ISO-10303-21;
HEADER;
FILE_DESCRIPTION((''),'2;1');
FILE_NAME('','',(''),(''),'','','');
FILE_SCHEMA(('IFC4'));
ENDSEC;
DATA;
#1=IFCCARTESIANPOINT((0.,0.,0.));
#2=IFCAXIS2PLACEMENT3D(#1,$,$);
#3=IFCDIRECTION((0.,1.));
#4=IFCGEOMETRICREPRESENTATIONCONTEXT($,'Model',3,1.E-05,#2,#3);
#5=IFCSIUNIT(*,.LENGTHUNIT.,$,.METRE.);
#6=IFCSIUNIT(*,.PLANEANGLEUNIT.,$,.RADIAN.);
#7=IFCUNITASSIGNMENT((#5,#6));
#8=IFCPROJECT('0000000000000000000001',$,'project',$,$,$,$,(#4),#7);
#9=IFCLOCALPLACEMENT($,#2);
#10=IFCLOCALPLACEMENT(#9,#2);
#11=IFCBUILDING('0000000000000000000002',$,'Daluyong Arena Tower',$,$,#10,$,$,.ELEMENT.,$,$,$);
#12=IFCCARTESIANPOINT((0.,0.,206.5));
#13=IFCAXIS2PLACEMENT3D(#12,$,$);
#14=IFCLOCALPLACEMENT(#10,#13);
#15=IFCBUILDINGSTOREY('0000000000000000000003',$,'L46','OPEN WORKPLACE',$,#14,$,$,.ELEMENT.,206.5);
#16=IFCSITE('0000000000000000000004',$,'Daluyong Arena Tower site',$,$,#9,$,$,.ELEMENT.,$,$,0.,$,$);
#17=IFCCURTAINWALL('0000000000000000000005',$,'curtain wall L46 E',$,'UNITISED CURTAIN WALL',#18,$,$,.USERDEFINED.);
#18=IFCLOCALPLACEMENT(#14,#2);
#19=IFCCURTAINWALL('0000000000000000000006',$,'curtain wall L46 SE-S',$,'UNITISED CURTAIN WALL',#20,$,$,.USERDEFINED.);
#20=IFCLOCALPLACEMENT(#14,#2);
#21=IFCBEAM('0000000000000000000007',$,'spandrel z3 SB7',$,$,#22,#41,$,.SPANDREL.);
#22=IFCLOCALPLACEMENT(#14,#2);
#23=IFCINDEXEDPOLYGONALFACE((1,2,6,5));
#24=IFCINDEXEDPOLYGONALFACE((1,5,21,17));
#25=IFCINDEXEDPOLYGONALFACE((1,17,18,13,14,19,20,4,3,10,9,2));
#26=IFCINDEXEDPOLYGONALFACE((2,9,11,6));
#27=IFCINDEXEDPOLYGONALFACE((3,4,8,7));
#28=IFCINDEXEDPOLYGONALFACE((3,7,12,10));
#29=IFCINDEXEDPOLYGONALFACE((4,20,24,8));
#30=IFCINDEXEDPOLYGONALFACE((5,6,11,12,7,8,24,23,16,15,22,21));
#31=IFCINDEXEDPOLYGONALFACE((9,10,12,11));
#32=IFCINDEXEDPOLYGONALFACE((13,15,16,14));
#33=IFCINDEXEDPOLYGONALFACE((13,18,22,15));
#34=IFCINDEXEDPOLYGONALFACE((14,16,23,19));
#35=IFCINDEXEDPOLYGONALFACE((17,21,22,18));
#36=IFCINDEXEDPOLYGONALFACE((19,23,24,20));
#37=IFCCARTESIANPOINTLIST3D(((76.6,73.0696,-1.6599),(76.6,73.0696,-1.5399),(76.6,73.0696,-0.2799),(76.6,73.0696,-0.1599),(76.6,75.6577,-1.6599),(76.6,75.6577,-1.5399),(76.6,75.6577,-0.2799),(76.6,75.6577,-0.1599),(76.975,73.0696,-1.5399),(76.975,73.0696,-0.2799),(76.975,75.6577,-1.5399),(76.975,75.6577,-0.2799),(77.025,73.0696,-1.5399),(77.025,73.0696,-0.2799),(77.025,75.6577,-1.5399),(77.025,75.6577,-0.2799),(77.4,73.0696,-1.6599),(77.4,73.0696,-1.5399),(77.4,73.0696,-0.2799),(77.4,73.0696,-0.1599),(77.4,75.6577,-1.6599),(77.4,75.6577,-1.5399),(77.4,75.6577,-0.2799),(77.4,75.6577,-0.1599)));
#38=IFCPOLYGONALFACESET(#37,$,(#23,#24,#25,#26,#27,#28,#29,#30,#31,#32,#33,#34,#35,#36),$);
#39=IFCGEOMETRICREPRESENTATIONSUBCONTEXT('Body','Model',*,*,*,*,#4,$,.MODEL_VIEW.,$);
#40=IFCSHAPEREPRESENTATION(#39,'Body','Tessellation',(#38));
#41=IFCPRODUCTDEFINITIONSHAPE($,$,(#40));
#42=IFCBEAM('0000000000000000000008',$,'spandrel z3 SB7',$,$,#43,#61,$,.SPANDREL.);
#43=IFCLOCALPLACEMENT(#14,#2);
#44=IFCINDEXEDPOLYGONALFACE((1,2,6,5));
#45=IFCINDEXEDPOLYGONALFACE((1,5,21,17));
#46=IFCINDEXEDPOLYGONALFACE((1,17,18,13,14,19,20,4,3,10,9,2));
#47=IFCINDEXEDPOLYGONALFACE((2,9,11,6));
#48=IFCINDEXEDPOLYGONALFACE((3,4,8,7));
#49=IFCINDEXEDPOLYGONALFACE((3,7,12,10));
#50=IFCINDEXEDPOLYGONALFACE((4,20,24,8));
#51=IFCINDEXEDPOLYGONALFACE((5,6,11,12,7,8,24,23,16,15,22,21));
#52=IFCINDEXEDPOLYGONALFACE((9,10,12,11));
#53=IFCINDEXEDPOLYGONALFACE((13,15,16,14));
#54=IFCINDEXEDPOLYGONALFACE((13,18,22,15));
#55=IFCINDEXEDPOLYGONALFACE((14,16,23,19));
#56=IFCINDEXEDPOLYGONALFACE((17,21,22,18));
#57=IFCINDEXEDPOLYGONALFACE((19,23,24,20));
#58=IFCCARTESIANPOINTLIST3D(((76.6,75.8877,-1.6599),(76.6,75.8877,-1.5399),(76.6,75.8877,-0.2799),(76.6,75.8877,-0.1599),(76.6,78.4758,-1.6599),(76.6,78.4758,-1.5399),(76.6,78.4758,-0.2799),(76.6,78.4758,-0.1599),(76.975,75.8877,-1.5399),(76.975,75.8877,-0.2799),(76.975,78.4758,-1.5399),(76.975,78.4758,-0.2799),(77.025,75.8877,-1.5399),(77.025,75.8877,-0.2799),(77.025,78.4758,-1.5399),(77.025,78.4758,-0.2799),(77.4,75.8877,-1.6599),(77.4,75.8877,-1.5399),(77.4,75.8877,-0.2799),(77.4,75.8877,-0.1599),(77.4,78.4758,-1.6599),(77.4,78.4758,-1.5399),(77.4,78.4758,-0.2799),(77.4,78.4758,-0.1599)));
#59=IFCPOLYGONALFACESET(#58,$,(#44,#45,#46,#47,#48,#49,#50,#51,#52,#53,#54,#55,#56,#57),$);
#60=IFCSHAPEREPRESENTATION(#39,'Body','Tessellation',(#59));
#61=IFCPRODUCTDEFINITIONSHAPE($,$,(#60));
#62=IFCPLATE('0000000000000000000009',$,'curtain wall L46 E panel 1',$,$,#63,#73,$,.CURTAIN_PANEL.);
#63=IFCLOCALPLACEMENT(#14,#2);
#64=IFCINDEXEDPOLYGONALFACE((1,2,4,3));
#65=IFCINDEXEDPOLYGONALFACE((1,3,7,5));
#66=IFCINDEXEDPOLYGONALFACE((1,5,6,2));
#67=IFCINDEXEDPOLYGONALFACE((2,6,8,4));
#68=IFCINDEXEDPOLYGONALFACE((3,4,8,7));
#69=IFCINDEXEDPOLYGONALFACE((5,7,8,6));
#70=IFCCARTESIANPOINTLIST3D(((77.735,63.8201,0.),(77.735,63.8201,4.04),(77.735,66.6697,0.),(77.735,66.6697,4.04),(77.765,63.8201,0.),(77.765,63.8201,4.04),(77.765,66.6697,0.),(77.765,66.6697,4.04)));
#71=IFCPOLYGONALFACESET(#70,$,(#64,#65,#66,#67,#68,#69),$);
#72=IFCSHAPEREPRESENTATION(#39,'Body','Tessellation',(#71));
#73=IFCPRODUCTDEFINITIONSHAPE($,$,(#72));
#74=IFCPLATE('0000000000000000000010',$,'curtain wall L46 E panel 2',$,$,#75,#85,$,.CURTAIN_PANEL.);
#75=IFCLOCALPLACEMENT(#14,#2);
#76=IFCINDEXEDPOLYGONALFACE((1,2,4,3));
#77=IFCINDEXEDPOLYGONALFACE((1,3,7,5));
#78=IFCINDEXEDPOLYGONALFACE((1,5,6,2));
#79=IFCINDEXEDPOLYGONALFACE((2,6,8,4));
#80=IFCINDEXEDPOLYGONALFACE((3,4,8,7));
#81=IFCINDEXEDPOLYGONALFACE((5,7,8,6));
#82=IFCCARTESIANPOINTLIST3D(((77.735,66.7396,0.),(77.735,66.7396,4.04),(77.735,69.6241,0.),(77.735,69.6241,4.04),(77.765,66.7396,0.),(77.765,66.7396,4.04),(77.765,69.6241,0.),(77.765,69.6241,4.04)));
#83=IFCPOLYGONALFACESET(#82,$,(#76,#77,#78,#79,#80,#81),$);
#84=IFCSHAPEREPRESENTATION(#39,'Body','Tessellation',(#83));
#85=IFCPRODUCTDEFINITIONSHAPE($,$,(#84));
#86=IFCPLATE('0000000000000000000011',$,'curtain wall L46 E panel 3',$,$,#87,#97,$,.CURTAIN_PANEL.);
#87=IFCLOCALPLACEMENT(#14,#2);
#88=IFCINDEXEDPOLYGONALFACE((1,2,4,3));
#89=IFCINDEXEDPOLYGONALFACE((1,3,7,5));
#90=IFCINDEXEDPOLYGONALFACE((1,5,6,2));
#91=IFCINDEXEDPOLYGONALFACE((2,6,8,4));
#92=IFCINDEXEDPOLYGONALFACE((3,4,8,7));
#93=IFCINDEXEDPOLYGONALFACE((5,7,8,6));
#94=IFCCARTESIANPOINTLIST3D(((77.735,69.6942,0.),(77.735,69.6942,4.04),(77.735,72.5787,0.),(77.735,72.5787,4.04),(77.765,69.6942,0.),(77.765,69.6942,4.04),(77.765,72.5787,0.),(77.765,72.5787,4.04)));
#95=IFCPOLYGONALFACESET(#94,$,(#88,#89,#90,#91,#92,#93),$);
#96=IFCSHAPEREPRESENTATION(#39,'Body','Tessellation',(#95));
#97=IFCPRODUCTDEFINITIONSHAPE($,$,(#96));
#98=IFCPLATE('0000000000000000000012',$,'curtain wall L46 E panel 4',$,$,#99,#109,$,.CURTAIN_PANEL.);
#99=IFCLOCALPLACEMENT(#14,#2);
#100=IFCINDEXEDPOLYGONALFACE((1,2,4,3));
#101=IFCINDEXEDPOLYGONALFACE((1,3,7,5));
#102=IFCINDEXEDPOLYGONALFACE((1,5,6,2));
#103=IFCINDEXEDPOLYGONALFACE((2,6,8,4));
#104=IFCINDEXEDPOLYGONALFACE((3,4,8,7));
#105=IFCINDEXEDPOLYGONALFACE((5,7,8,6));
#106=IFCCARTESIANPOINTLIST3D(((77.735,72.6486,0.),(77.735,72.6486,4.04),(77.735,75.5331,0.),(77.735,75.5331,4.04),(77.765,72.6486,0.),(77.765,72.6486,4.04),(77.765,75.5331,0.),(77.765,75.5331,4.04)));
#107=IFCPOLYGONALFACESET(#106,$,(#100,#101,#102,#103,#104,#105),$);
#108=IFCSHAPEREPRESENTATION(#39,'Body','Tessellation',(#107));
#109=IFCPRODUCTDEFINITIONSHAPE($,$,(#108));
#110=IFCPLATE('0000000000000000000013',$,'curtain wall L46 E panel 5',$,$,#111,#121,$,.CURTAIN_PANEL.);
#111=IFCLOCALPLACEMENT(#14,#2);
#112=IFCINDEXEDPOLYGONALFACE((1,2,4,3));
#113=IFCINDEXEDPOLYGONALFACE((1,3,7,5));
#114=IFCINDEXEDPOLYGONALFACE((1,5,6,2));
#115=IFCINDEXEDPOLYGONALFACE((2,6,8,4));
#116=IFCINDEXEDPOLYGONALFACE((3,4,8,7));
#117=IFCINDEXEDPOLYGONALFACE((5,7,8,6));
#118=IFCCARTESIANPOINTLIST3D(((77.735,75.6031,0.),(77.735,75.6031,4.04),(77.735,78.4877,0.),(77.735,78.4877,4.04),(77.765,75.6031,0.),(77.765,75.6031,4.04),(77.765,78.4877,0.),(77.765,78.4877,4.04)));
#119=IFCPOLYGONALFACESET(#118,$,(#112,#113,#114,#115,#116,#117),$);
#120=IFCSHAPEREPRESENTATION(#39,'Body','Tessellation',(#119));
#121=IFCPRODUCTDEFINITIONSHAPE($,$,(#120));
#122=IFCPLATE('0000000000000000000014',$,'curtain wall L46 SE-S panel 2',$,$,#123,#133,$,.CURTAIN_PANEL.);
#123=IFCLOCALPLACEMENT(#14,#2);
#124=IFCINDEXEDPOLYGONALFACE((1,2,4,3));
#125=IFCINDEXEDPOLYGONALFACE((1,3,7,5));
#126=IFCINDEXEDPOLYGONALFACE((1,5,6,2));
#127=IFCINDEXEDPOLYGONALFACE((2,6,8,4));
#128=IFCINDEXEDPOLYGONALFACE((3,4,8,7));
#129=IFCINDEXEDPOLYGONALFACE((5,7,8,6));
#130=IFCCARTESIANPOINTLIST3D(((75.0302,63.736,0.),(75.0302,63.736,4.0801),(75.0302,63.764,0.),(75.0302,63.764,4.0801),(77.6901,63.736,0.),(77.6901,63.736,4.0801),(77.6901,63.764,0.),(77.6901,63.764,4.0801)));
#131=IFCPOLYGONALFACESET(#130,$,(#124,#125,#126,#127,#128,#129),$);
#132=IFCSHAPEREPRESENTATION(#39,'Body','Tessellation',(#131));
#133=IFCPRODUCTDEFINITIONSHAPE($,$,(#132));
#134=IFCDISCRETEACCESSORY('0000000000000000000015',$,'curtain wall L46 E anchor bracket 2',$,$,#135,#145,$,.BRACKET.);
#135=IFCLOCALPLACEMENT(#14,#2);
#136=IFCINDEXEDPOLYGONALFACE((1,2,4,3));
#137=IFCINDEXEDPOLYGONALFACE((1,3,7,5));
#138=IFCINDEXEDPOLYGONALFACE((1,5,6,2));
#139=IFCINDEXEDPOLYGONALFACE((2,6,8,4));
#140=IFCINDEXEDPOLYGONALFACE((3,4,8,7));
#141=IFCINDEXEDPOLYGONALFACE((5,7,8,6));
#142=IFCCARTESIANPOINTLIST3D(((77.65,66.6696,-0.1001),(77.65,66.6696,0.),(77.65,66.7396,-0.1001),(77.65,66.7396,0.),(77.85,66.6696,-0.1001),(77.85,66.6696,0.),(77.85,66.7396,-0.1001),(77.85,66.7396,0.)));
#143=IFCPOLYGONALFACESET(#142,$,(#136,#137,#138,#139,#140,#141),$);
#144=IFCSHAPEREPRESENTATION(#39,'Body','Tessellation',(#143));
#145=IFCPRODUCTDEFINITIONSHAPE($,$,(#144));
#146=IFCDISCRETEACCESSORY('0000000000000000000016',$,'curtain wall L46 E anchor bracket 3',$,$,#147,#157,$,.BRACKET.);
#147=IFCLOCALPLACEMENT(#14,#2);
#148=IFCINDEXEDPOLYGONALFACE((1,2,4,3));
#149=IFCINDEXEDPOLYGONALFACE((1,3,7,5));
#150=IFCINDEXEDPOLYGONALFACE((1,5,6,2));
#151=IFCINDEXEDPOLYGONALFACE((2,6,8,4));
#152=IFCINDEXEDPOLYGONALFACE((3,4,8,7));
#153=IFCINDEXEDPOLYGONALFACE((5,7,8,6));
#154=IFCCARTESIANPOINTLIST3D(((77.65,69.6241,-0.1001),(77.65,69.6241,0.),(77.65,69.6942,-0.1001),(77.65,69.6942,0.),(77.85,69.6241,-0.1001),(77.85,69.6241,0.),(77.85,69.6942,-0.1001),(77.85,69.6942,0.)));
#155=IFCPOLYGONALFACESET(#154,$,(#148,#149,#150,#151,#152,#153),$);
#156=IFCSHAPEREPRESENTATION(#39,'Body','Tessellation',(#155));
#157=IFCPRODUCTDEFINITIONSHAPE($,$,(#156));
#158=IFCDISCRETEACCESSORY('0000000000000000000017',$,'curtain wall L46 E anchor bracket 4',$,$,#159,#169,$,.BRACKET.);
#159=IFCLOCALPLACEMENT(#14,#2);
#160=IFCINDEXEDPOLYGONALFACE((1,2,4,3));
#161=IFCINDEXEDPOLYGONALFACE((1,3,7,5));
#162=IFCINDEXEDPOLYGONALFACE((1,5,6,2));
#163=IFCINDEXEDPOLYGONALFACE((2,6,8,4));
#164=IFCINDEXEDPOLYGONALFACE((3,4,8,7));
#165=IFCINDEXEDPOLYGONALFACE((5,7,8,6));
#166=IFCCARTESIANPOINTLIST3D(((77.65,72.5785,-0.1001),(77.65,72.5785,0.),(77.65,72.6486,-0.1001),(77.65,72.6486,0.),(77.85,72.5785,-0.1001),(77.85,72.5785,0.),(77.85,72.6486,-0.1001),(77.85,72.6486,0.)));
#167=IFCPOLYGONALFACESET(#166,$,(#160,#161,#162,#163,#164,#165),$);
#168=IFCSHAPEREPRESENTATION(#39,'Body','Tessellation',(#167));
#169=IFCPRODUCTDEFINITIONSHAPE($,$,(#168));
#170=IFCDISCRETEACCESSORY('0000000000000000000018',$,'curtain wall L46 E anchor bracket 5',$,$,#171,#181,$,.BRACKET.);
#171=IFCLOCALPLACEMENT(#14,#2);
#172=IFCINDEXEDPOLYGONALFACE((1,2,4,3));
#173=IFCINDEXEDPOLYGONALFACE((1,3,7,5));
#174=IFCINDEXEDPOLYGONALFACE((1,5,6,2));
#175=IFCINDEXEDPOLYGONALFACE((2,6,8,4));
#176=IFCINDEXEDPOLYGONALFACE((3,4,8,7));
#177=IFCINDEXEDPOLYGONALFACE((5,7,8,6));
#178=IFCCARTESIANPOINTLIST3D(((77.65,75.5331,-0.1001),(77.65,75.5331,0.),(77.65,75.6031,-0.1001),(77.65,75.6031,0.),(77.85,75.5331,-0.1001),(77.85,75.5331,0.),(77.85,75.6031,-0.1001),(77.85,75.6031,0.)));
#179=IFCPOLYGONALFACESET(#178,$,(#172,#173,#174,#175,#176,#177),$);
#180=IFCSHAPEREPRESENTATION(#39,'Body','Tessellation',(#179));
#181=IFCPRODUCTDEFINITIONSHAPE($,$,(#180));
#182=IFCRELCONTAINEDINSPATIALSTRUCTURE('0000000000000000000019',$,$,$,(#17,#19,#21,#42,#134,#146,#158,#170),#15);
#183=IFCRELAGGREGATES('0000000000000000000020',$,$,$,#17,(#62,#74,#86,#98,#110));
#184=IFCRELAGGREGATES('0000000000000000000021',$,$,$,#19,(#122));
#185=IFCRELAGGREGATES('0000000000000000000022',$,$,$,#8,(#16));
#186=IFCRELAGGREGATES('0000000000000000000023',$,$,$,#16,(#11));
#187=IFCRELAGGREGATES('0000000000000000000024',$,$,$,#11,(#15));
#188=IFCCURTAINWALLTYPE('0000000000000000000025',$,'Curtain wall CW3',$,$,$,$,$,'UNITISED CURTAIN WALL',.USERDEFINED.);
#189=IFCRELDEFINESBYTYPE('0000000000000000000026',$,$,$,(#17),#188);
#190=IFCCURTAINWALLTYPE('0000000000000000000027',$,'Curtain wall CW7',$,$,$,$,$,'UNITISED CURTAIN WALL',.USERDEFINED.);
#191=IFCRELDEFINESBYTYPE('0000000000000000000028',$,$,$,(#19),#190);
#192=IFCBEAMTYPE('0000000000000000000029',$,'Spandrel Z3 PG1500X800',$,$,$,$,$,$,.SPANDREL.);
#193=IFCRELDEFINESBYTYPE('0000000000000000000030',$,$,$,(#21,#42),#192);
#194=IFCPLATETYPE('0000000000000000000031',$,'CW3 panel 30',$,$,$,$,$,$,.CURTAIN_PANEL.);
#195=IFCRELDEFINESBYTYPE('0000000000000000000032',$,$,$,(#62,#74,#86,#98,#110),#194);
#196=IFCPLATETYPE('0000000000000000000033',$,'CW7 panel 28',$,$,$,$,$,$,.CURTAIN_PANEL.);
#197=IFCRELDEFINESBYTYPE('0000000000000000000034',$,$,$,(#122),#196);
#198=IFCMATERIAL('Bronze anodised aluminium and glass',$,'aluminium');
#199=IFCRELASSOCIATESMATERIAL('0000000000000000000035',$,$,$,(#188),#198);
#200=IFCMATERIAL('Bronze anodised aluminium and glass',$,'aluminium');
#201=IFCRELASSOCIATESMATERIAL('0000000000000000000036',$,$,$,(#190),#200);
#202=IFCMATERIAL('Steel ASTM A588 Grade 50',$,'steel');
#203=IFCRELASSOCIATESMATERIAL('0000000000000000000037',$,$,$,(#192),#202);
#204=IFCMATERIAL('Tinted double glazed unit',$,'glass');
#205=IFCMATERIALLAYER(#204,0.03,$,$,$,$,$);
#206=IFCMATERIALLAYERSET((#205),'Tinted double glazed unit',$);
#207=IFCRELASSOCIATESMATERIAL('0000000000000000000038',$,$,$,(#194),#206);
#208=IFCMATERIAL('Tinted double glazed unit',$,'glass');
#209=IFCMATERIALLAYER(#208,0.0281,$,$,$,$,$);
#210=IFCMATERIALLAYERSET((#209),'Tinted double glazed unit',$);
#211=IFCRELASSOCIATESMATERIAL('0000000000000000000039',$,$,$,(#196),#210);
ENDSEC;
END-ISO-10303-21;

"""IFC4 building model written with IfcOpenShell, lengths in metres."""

from ifc_helpers import new_model, si_unit, direction, frame, origin, origin_2d, place, context, subcontext, project, spatial, rectangle, i_section, extrude, material, layer, layer_set, material_profile, profile_set, type_object, element, aggregate, save


model = new_model("IFC4")

# Units and contexts
model_context = context("Model", 3, precision=1e-05, world=origin(), true_north=direction((0.0, 1.0)))
body_context = subcontext(model_context, "Body", "Model", "MODEL_VIEW")
ifc_project = project(units=[si_unit("LENGTHUNIT", "METRE"), si_unit("PLANEANGLEUNIT", "RADIAN")], contexts=[model_context])

# Site, building, storey
site_placement = place(None, origin())
site = spatial("IfcSite", under=ifc_project, at=site_placement, Name="Daluyong Arena Tower site", CompositionType="ELEMENT", RefElevation=0.0)
building_placement = place(site_placement, origin())
building = spatial("IfcBuilding", under=site, at=building_placement, Name="Daluyong Arena Tower", CompositionType="ELEMENT")
storey_placement = place(building_placement, frame((0.0, 0.0, 206.5)))
storey = spatial("IfcBuildingStorey", under=building, at=storey_placement, Name="L46", Description="OPEN WORKPLACE", CompositionType="ELEMENT", Elevation=206.5)

# Curtain wall
ifc_material_1 = material(Name="Bronze anodised aluminium and glass", Category="aluminium")
curtain_wall_type_1 = type_object("IfcCurtainWallType", Name="Curtain wall CW3", ElementType="UNITISED CURTAIN WALL", PredefinedType="USERDEFINED", material=ifc_material_1)
curtain_wall_1_placement = place(storey_placement, origin())
curtain_wall_1 = element("IfcCurtainWall", 1, at=curtain_wall_1_placement, inside=storey, type_object=curtain_wall_type_1, Name="curtain wall L46 E", ObjectType="UNITISED CURTAIN WALL", PredefinedType="USERDEFINED")

# Curtain wall
ifc_material_2 = material(Name="Bronze anodised aluminium and glass", Category="aluminium")
curtain_wall_type_2 = type_object("IfcCurtainWallType", Name="Curtain wall CW7", ElementType="UNITISED CURTAIN WALL", PredefinedType="USERDEFINED", material=ifc_material_2)
curtain_wall_2_placement = place(storey_placement, origin())
curtain_wall_2 = element("IfcCurtainWall", 2, at=curtain_wall_2_placement, inside=storey, type_object=curtain_wall_type_2, Name="curtain wall L46 SE-S", ObjectType="UNITISED CURTAIN WALL", PredefinedType="USERDEFINED")

# Beams
ifc_material_3 = material(Name="Steel ASTM A588 Grade 50", Category="steel")
ifc_material_profile_1 = material_profile(ifc_material_3, i_section(OverallWidth=0.8, OverallDepth=1.5, WebThickness=0.05, FlangeThickness=0.12, at=origin_2d()))
ifc_profile_set_1 = profile_set([ifc_material_profile_1], Name="Steel ASTM A588 Grade 50")
beam_type_1 = type_object("IfcBeamType", Name="Spandrel Z3 PG1500X800", PredefinedType="SPANDREL", material=ifc_profile_set_1)
for number, where, z_axis, x_axis, name in (
    (3, (77.0, 73.0696, -0.9099), (0.0, 1.0, 0.0), (-1.0, 0.0, 0.0), "spandrel z3 SB7"),
    (4, (77.0, 75.8877, -0.9099), (0.0, 1.0, 0.0), (-1.0, 0.0, 0.0), "spandrel z3 SB7"),
):
    element("IfcBeam", number, at=place(storey_placement, frame(where, z_axis=z_axis, x_axis=x_axis)), inside=storey, type_object=beam_type_1, Name=name, PredefinedType="SPANDREL", context=body_context, shape_type="SweptSolid", body=[
        extrude(i_section(OverallWidth=0.8, OverallDepth=1.5, WebThickness=0.05, FlangeThickness=0.12, at=origin_2d()), origin(), (0.0, 0.0, 1.0), 2.5881),
    ])

# Plates
ifc_material_4 = material(Name="Tinted double glazed unit", Category="glass")
ifc_layer_1 = layer(ifc_material_4, 0.03)
ifc_layer_set_1 = layer_set([ifc_layer_1], Name="Tinted double glazed unit")
plate_type_1 = type_object("IfcPlateType", Name="CW3 panel 30", PredefinedType="CURTAIN_PANEL", material=ifc_layer_set_1)
plate_1_placement = place(storey_placement, frame((77.75, 65.2449, 0.0), z_axis=(0.0, 0.0, 1.0), x_axis=(0.0, 1.0, 0.0)))
plate_1 = element("IfcPlate", 5, at=plate_1_placement, type_object=plate_type_1, Name="curtain wall L46 E panel 1", PredefinedType="CURTAIN_PANEL", context=body_context, shape_type="SweptSolid", body=[
    extrude(rectangle(XDim=2.8496, YDim=0.03, at=origin_2d()), origin(), (0.0, 0.0, 1.0), 4.04),
])
plate_2_placement = place(storey_placement, frame((77.75, 68.1819, 0.0), z_axis=(0.0, 0.0, 1.0), x_axis=(0.0, 1.0, 0.0)))
plate_2 = element("IfcPlate", 6, at=plate_2_placement, type_object=plate_type_1, Name="curtain wall L46 E panel 2", PredefinedType="CURTAIN_PANEL", context=body_context, shape_type="SweptSolid", body=[
    extrude(rectangle(XDim=2.8845, YDim=0.03, at=origin_2d()), origin(), (0.0, 0.0, 1.0), 4.04),
])
plate_3_placement = place(storey_placement, frame((77.75, 71.1365, 0.0), z_axis=(0.0, 0.0, 1.0), x_axis=(0.0, 1.0, 0.0)))
plate_3 = element("IfcPlate", 7, at=plate_3_placement, type_object=plate_type_1, Name="curtain wall L46 E panel 3", PredefinedType="CURTAIN_PANEL", context=body_context, shape_type="SweptSolid", body=[
    extrude(rectangle(XDim=2.8845, YDim=0.03, at=origin_2d()), origin(), (0.0, 0.0, 1.0), 4.04),
])
plate_4_placement = place(storey_placement, frame((77.75, 74.0908, 0.0), z_axis=(0.0, 0.0, 1.0), x_axis=(0.0, 1.0, 0.0)))
plate_4 = element("IfcPlate", 8, at=plate_4_placement, type_object=plate_type_1, Name="curtain wall L46 E panel 4", PredefinedType="CURTAIN_PANEL", context=body_context, shape_type="SweptSolid", body=[
    extrude(rectangle(XDim=2.8845, YDim=0.03, at=origin_2d()), origin(), (0.0, 0.0, 1.0), 4.04),
])
plate_5_placement = place(storey_placement, frame((77.75, 77.0454, 0.0), z_axis=(0.0, 0.0, 1.0), x_axis=(0.0, 1.0, 0.0)))
plate_5 = element("IfcPlate", 9, at=plate_5_placement, type_object=plate_type_1, Name="curtain wall L46 E panel 5", PredefinedType="CURTAIN_PANEL", context=body_context, shape_type="SweptSolid", body=[
    extrude(rectangle(XDim=2.8845, YDim=0.03, at=origin_2d()), origin(), (0.0, 0.0, 1.0), 4.04),
])
aggregate(curtain_wall_1, [plate_1, plate_2, plate_3, plate_4, plate_5])
ifc_material_5 = material(Name="Tinted double glazed unit", Category="glass")
ifc_layer_2 = layer(ifc_material_5, 0.0281)
ifc_layer_set_2 = layer_set([ifc_layer_2], Name="Tinted double glazed unit")
plate_type_2 = type_object("IfcPlateType", Name="CW7 panel 28", PredefinedType="CURTAIN_PANEL", material=ifc_layer_set_2)
plate_6_placement = place(storey_placement, frame((76.3601, 63.75, 0.0), z_axis=(0.0, 0.0, 1.0), x_axis=(1.0, 0.0, 0.0)))
plate_6 = element("IfcPlate", 10, at=plate_6_placement, type_object=plate_type_2, Name="curtain wall L46 SE-S panel 2", PredefinedType="CURTAIN_PANEL", context=body_context, shape_type="SweptSolid", body=[
    extrude(rectangle(XDim=2.6599, YDim=0.0281, at=origin_2d()), origin(), (0.0, 0.0, 1.0), 4.0801),
])
aggregate(curtain_wall_2, [plate_6])

# Discrete accessories
for number, where, z_axis, x_axis, name in (
    (11, (77.75, 66.7046, -0.1001), (0.0, 0.0, 1.0), (0.0, 1.0, 0.0), "curtain wall L46 E anchor bracket 2"),
    (12, (77.75, 69.6592, -0.1001), (0.0, 0.0, 1.0), (0.0, 1.0, 0.0), "curtain wall L46 E anchor bracket 3"),
    (13, (77.75, 72.6135, -0.1001), (0.0, 0.0, 1.0), (0.0, 1.0, 0.0), "curtain wall L46 E anchor bracket 4"),
    (14, (77.75, 75.5681, -0.1001), (0.0, 0.0, 1.0), (0.0, 1.0, 0.0), "curtain wall L46 E anchor bracket 5"),
):
    element("IfcDiscreteAccessory", number, at=place(storey_placement, frame(where, z_axis=z_axis, x_axis=x_axis)), inside=storey, Name=name, PredefinedType="BRACKET", context=body_context, shape_type="SweptSolid", body=[
        extrude(rectangle(XDim=0.0701, YDim=0.2, at=origin_2d()), origin(), (0.0, 0.0, 1.0), 0.1001),
    ])

save(model, "model.ifc")
